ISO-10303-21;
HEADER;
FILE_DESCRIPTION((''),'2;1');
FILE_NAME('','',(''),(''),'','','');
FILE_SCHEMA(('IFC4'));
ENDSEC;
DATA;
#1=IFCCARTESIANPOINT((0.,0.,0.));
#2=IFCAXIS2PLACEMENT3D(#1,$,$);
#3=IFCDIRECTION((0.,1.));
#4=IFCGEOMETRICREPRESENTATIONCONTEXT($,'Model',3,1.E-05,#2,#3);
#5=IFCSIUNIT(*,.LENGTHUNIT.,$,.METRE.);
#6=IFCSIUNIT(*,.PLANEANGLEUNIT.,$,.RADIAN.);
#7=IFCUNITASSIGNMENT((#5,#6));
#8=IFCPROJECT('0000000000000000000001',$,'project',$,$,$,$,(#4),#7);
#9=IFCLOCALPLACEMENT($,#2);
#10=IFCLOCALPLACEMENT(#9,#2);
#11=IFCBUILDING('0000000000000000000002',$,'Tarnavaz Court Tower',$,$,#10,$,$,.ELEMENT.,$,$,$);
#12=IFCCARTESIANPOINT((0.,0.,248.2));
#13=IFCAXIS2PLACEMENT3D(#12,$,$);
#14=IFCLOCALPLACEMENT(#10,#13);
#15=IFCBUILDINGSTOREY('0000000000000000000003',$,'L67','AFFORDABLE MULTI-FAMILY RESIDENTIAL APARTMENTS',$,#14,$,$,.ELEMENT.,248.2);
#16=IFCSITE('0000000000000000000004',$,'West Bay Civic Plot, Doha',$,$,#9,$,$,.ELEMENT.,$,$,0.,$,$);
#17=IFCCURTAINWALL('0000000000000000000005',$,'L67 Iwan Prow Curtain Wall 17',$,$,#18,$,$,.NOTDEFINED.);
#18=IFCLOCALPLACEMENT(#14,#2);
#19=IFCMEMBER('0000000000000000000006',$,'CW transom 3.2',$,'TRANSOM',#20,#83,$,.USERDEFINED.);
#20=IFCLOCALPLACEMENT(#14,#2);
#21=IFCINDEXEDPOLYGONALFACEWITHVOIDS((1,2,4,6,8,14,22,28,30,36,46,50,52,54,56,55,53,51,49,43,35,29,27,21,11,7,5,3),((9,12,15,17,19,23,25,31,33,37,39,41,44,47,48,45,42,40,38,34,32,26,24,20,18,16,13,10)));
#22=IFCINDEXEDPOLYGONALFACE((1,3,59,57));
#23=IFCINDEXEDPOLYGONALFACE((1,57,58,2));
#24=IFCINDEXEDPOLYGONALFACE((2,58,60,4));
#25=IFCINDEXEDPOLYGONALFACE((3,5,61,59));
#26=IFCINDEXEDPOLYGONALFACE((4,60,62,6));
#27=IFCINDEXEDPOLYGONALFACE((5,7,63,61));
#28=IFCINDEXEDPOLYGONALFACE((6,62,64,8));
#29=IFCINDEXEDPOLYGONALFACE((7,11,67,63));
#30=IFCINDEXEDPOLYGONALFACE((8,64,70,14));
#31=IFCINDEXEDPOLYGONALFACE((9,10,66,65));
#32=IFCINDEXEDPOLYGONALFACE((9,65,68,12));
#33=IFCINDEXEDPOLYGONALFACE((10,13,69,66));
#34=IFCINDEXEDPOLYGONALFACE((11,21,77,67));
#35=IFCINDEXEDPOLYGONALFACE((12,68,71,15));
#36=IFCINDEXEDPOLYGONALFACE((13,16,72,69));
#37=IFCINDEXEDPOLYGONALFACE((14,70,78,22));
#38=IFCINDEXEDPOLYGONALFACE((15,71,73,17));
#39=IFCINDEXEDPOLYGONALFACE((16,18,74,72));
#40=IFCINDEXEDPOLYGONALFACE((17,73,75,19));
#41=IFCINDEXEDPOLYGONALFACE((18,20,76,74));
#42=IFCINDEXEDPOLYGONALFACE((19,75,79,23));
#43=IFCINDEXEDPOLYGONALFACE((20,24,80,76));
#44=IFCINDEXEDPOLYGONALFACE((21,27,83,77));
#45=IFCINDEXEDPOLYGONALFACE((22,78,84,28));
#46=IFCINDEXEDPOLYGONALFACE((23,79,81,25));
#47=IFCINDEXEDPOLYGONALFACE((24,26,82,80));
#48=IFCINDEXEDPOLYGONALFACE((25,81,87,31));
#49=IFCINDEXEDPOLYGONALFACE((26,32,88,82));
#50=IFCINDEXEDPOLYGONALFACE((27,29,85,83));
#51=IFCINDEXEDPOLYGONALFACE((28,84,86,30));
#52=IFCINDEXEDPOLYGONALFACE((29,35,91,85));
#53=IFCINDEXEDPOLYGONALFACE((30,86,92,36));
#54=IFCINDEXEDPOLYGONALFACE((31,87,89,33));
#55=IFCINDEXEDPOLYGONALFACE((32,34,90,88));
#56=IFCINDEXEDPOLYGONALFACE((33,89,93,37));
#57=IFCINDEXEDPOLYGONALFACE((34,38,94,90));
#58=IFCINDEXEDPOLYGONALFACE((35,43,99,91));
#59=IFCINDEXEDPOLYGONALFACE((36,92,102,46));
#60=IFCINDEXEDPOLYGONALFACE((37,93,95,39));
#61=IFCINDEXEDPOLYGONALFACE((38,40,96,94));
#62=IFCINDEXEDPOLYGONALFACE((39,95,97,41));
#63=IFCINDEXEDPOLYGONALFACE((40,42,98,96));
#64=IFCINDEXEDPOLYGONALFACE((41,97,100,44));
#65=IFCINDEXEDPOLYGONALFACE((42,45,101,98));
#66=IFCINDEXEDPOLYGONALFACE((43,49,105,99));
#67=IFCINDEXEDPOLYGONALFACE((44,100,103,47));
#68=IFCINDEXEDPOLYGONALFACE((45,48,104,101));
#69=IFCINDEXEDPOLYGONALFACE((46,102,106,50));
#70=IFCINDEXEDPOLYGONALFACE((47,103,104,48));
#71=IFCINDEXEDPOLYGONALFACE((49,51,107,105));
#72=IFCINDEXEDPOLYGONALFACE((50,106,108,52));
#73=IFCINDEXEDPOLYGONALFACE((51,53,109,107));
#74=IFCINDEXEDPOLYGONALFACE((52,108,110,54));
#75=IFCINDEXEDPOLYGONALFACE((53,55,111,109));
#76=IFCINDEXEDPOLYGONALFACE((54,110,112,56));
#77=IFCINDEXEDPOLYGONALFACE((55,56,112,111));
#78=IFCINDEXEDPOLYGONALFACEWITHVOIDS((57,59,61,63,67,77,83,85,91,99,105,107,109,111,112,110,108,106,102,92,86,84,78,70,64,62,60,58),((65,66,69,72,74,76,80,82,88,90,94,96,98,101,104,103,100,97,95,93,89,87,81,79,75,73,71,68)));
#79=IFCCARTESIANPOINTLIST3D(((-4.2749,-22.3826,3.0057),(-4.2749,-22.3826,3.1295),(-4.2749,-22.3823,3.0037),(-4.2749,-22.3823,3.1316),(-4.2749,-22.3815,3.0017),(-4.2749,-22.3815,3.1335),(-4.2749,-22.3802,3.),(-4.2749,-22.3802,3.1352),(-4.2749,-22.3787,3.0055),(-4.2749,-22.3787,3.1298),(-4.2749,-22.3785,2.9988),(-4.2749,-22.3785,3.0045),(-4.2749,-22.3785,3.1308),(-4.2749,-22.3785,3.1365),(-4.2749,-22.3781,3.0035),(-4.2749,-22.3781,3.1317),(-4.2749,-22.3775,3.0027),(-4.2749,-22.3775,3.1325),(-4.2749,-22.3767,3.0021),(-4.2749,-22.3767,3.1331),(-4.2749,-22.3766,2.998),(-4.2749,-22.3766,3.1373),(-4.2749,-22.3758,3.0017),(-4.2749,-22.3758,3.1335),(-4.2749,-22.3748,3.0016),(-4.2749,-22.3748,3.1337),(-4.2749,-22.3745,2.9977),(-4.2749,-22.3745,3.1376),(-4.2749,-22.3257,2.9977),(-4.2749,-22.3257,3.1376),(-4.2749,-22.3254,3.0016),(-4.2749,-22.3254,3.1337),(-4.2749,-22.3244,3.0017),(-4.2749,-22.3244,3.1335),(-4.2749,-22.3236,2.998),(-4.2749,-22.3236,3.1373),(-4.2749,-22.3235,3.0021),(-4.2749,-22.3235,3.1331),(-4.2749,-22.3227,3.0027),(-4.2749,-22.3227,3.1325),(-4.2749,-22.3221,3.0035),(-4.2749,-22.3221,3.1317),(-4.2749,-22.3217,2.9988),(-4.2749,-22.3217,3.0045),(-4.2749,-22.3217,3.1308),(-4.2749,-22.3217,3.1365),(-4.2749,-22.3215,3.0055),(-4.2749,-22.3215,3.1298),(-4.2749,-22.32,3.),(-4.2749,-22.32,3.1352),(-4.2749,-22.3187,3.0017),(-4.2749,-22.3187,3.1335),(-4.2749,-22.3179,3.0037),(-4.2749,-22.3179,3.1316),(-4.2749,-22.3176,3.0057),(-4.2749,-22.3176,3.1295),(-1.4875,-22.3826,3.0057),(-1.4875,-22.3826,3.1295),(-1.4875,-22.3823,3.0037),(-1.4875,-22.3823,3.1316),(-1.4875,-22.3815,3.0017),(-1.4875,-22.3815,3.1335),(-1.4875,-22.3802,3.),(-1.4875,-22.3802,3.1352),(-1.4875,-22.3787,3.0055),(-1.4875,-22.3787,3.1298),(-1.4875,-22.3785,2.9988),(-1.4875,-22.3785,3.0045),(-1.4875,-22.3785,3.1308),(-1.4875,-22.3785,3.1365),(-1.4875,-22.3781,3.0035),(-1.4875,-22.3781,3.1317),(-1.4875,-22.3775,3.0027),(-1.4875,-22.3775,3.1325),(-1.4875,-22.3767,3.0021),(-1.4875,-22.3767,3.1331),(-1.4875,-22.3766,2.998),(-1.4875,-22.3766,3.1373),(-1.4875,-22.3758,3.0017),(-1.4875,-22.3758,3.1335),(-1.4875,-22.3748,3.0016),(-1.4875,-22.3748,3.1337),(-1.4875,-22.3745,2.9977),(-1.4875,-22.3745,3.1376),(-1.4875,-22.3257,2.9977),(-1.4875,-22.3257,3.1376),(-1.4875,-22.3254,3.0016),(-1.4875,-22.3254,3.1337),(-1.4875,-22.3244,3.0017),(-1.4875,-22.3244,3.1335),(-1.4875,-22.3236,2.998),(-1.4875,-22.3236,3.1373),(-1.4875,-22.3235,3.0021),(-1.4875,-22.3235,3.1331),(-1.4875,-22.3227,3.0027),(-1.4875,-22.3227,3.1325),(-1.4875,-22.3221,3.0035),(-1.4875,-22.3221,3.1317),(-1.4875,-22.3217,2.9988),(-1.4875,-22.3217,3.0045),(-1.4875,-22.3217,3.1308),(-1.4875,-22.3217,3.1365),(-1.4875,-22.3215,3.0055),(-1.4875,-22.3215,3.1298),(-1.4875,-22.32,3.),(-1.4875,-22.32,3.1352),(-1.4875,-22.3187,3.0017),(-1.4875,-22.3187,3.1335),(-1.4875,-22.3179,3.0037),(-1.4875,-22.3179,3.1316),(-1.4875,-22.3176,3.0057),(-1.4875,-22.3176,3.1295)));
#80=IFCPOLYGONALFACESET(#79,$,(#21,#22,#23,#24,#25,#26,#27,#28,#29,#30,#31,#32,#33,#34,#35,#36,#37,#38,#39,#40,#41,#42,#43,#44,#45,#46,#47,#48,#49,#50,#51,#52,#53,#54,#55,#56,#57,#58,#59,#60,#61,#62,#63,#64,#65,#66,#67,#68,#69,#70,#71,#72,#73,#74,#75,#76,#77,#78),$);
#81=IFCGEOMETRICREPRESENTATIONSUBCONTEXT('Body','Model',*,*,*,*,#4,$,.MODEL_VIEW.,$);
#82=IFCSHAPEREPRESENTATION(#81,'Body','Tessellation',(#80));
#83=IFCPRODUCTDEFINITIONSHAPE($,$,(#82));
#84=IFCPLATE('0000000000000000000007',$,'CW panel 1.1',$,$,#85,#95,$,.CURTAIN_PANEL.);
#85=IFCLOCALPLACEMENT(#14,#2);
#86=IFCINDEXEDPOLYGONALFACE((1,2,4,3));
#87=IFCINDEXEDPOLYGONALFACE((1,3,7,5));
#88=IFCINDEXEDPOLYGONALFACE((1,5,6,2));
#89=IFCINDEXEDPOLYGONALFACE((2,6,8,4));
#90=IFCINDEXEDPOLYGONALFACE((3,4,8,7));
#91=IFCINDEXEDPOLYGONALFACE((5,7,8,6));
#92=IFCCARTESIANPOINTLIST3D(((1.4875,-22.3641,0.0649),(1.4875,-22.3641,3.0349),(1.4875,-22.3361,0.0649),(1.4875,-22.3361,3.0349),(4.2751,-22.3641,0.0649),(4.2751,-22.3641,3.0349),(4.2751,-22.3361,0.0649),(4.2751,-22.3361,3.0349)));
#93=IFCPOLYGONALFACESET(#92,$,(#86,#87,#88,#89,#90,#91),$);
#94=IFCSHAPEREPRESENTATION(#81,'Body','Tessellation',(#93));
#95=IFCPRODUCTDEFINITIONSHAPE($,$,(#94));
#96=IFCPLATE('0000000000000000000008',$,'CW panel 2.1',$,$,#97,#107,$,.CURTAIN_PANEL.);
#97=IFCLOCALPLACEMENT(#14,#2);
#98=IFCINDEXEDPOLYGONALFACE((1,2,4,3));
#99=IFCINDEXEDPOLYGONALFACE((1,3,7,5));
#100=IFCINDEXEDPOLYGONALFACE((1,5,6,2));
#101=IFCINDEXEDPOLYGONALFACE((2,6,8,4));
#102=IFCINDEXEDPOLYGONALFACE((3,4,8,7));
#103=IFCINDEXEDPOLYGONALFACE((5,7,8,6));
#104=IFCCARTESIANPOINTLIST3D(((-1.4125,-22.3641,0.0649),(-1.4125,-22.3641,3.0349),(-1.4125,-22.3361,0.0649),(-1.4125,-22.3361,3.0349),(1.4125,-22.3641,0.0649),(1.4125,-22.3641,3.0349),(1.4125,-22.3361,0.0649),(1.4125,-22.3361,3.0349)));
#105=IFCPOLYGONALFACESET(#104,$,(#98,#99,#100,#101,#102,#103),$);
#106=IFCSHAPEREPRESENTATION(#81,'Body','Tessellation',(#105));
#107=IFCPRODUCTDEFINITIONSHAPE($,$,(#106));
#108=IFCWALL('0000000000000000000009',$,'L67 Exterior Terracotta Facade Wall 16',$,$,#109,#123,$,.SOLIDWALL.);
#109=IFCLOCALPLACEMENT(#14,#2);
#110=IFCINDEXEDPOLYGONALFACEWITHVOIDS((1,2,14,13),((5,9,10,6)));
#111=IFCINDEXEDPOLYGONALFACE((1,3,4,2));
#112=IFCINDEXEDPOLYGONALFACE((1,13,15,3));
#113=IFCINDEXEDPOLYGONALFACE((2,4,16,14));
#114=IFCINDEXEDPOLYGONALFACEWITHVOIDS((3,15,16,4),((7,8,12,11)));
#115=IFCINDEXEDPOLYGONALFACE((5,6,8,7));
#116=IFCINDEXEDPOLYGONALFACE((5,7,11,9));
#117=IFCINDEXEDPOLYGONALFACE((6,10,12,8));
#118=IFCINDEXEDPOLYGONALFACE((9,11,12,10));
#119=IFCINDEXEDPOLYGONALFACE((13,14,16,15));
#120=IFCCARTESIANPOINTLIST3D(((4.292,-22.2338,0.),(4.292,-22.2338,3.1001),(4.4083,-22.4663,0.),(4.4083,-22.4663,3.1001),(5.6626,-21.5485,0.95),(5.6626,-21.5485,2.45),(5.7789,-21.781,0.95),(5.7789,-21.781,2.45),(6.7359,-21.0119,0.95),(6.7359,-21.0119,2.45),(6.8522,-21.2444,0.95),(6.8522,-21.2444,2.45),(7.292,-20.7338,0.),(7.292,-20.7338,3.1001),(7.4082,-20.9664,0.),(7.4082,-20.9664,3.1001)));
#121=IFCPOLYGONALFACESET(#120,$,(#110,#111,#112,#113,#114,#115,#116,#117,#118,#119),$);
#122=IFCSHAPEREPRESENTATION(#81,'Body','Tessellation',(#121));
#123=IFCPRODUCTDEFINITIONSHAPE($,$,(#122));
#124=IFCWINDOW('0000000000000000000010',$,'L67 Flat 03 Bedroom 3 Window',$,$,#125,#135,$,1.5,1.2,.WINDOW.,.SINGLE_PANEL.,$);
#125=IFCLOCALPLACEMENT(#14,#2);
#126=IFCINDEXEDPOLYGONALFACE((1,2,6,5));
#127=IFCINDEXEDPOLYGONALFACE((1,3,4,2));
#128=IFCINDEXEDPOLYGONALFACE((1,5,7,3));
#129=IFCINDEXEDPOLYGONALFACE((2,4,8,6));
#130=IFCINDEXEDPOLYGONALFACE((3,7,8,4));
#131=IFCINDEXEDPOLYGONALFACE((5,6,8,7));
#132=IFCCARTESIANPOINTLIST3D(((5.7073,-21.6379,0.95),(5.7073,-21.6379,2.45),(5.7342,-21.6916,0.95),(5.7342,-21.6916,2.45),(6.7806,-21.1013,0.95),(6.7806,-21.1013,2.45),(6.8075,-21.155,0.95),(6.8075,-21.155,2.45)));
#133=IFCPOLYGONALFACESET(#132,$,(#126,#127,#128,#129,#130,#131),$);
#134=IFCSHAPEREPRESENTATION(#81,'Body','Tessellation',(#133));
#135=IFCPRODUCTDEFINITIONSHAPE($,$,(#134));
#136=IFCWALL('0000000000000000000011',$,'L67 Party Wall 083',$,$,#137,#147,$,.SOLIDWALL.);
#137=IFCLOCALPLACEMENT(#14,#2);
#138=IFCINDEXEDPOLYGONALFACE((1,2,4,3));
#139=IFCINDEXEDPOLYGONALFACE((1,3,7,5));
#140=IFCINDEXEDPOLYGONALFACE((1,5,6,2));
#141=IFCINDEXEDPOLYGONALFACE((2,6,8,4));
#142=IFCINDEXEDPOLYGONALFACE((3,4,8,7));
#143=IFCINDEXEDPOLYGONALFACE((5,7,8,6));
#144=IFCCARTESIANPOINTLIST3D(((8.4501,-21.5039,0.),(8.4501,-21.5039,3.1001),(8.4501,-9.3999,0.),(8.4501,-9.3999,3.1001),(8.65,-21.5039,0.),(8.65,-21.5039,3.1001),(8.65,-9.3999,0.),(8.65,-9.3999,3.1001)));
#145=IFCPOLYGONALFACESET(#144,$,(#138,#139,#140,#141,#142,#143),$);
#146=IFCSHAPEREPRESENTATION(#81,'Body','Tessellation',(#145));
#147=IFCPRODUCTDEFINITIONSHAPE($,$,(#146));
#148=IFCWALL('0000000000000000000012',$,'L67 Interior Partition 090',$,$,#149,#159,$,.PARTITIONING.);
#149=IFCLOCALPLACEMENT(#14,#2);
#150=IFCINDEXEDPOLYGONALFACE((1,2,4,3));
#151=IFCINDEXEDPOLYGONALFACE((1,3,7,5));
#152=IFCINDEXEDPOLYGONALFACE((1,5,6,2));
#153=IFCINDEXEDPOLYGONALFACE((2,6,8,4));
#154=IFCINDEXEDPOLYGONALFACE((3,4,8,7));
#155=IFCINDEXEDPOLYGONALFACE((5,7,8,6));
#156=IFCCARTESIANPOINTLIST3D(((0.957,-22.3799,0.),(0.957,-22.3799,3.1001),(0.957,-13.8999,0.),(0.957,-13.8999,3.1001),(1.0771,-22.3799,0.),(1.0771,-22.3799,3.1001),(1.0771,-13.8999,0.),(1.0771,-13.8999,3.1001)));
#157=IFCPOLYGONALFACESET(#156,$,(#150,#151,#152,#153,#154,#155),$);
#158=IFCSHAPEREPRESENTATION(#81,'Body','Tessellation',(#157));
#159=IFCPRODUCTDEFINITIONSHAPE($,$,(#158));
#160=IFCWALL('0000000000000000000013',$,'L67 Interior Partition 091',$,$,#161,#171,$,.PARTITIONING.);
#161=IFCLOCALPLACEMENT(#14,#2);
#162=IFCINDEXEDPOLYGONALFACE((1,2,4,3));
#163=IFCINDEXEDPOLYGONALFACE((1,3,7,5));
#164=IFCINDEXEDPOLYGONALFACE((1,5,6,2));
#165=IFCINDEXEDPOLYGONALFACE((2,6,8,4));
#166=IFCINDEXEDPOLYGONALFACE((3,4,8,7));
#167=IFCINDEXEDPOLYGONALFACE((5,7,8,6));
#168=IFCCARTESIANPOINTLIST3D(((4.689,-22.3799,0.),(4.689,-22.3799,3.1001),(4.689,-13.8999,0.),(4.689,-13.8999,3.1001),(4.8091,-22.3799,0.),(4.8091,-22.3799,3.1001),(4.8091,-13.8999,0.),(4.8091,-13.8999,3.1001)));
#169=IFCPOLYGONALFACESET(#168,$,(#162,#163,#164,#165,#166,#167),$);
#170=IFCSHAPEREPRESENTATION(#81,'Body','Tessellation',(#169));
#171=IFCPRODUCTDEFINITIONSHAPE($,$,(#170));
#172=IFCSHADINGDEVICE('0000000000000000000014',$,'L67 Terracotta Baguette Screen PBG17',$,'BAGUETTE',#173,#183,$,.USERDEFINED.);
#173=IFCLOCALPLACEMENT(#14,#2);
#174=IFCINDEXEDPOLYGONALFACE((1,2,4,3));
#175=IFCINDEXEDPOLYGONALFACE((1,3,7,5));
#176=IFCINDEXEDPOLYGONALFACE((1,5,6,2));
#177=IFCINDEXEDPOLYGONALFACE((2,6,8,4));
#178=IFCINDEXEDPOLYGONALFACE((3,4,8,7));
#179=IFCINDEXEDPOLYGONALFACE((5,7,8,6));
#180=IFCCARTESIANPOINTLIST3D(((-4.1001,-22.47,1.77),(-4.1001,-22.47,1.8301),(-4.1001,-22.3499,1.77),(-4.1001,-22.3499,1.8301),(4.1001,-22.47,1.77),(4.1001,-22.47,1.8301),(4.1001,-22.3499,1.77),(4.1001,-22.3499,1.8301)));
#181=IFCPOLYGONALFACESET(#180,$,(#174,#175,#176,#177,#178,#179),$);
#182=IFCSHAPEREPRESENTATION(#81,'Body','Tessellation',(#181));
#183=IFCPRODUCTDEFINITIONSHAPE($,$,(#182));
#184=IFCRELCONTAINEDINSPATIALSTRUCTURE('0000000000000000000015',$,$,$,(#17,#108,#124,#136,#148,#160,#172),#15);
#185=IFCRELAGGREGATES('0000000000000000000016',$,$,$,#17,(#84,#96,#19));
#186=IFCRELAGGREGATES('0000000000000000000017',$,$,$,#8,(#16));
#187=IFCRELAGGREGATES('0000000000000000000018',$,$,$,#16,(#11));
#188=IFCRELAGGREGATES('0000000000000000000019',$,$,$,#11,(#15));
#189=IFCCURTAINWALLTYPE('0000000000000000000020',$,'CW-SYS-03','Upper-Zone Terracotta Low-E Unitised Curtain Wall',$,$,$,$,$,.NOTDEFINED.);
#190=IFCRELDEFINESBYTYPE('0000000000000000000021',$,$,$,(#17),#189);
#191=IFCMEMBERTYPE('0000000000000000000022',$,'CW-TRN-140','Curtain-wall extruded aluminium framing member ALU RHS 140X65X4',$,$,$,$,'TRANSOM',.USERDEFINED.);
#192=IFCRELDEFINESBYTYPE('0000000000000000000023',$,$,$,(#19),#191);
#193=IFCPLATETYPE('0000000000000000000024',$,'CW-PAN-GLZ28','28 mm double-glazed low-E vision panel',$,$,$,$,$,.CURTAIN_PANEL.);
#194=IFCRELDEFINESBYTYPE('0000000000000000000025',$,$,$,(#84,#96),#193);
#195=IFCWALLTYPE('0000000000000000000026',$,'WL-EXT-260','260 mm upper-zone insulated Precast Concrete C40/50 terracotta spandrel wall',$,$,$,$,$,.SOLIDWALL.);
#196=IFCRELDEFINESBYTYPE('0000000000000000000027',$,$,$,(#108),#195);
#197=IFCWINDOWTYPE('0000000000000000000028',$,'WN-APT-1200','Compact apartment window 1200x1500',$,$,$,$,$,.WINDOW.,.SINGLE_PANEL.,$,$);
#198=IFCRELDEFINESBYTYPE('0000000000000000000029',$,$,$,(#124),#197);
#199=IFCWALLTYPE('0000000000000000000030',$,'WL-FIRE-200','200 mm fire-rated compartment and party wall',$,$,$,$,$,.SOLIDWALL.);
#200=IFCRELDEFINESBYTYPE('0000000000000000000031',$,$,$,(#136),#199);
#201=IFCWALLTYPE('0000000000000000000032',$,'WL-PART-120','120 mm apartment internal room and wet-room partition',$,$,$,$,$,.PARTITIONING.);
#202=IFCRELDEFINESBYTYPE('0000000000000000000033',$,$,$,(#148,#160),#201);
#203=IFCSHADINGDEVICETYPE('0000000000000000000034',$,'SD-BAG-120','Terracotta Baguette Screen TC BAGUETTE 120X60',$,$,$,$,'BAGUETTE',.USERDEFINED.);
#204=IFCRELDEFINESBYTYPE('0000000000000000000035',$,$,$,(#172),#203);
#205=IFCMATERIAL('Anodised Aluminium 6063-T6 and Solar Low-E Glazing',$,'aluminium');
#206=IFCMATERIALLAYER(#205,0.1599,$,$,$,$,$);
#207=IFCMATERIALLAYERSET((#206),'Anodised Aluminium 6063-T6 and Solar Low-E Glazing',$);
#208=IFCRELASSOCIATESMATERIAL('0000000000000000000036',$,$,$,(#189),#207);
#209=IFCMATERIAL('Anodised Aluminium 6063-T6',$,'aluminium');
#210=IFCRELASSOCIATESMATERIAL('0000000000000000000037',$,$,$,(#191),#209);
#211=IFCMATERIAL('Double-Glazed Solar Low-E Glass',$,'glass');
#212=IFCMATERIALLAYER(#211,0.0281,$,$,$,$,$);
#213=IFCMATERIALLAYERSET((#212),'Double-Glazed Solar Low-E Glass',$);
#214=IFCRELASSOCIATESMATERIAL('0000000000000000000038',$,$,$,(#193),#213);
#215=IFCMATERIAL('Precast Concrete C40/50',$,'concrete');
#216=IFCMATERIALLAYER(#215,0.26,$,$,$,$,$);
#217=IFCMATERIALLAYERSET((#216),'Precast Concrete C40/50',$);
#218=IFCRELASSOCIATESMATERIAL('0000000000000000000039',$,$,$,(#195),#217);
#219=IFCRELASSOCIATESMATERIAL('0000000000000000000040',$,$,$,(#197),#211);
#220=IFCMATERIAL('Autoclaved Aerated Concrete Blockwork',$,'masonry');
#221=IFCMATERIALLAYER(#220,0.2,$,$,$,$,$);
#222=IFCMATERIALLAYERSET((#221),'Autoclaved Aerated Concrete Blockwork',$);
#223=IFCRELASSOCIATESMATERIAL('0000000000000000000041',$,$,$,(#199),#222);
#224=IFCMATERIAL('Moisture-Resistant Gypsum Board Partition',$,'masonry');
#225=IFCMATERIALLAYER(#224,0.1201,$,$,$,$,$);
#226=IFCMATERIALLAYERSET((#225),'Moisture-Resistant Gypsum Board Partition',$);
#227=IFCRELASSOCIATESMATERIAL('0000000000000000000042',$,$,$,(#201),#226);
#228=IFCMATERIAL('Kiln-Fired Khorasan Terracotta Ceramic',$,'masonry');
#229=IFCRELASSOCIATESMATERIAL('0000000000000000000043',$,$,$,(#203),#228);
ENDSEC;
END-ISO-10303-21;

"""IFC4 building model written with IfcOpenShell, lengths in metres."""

from ifc_helpers import new_model, si_unit, direction, frame, frame_2d, origin, origin_2d, place, context, subcontext, project, spatial, rectangle, hollow_rectangle, extrude, material, layer, layer_set, material_profile, profile_set, type_object, element, fill, aggregate, save


model = new_model("IFC4")

# Units and contexts
model_context = context("Model", 3, precision=1e-05, world=origin(), true_north=direction((0.0, 1.0)))
body_context = subcontext(model_context, "Body", "Model", "MODEL_VIEW")
ifc_project = project(units=[si_unit("LENGTHUNIT", "METRE"), si_unit("PLANEANGLEUNIT", "RADIAN")], contexts=[model_context])

# Site, building, storey
site_placement = place(None, origin())
site = spatial("IfcSite", under=ifc_project, at=site_placement, Name="West Bay Civic Plot, Doha", CompositionType="ELEMENT", RefElevation=0.0)
building_placement = place(site_placement, origin())
building = spatial("IfcBuilding", under=site, at=building_placement, Name="Tarnavaz Court Tower", CompositionType="ELEMENT")
storey_placement = place(building_placement, frame((0.0, 0.0, 248.2)))
storey = spatial("IfcBuildingStorey", under=building, at=storey_placement, Name="L67", Description="AFFORDABLE MULTI-FAMILY RESIDENTIAL APARTMENTS", CompositionType="ELEMENT", Elevation=248.2)

# Curtain wall, member, plates
ifc_material_1 = material(Name="Anodised Aluminium 6063-T6 and Solar Low-E Glazing", Category="aluminium")
ifc_layer_1 = layer(ifc_material_1, 0.1599)
ifc_layer_set_1 = layer_set([ifc_layer_1], Name="Anodised Aluminium 6063-T6 and Solar Low-E Glazing")
curtain_wall_type = type_object("IfcCurtainWallType", Name="CW-SYS-03", Description="Upper-Zone Terracotta Low-E Unitised Curtain Wall", PredefinedType="NOTDEFINED", material=ifc_layer_set_1)
curtain_wall_placement = place(storey_placement, origin())
curtain_wall = element("IfcCurtainWall", 1, at=curtain_wall_placement, inside=storey, type_object=curtain_wall_type, Name="L67 Iwan Prow Curtain Wall 17", PredefinedType="NOTDEFINED")
ifc_material_2 = material(Name="Anodised Aluminium 6063-T6", Category="aluminium")
ifc_material_profile_1 = material_profile(ifc_material_2, hollow_rectangle(XDim=0.0649, YDim=0.1399, WallThickness=0.0039, InnerFilletRadius=0.0039, OuterFilletRadius=0.0081, at=origin_2d()), Name="ALU RHS 140X65X4")
ifc_profile_set_1 = profile_set([ifc_material_profile_1], Name="Anodised Aluminium 6063-T6")
member_type_1 = type_object("IfcMemberType", Name="CW-TRN-140", Description="Curtain-wall extruded aluminium framing member ALU RHS 140X65X4", ElementType="TRANSOM", PredefinedType="USERDEFINED", material=ifc_profile_set_1)
member_1_placement = place(storey_placement, frame((-1.4875, -22.3501, 3.0676), z_axis=(-1.0, 0.0, 0.0), x_axis=(0.0, -1.0, 0.0)))
member_1 = element("IfcMember", 2, at=member_1_placement, type_object=member_type_1, Name="CW transom 3.2", ObjectType="TRANSOM", PredefinedType="USERDEFINED", context=body_context, shape_type="SweptSolid", body=[
    extrude(hollow_rectangle(XDim=0.0649, YDim=0.1399, WallThickness=0.0039, InnerFilletRadius=0.0039, OuterFilletRadius=0.0081, at=origin_2d()), origin(), (0.0, 0.0, 1.0), 2.7874),
])
ifc_material_3 = material(Name="Double-Glazed Solar Low-E Glass", Category="glass")
ifc_layer_2 = layer(ifc_material_3, 0.0281)
ifc_layer_set_2 = layer_set([ifc_layer_2], Name="Double-Glazed Solar Low-E Glass")
plate_type = type_object("IfcPlateType", Name="CW-PAN-GLZ28", Description="28 mm double-glazed low-E vision panel", PredefinedType="CURTAIN_PANEL", material=ifc_layer_set_2)
plate_1_placement = place(storey_placement, frame((2.8813, -22.3501, 0.0649), z_axis=(0.0, 0.0, 1.0), x_axis=(-1.0, 0.0, 0.0)))
plate_1 = element("IfcPlate", 3, at=plate_1_placement, type_object=plate_type, Name="CW panel 1.1", PredefinedType="CURTAIN_PANEL", context=body_context, shape_type="SweptSolid", body=[
    extrude(rectangle(XDim=2.7876, YDim=0.0281, at=origin_2d()), origin(), (0.0, 0.0, 1.0), 2.97),
])
plate_2_placement = place(storey_placement, frame((0.0, -22.3501, 0.0649), z_axis=(0.0, 0.0, 1.0), x_axis=(-1.0, 0.0, 0.0)))
plate_2 = element("IfcPlate", 4, at=plate_2_placement, type_object=plate_type, Name="CW panel 2.1", PredefinedType="CURTAIN_PANEL", context=body_context, shape_type="SweptSolid", body=[
    extrude(rectangle(XDim=2.825, YDim=0.0281, at=origin_2d()), origin(), (0.0, 0.0, 1.0), 2.97),
])
aggregate(curtain_wall, [plate_1, plate_2, member_1])

# Wall, opening, window
ifc_material_4 = material(Name="Precast Concrete C40/50", Category="concrete")
ifc_layer_3 = layer(ifc_material_4, 0.26)
ifc_layer_set_3 = layer_set([ifc_layer_3], Name="Precast Concrete C40/50")
wall_type_1 = type_object("IfcWallType", Name="WL-EXT-260", Description="260 mm upper-zone insulated Precast Concrete C40/50 terracotta spandrel wall", PredefinedType="SOLIDWALL", material=ifc_layer_set_3)
wall_1_placement = place(storey_placement, frame((7.3501, -20.8501, 0.0), z_axis=(0.0, 0.0, 1.0), x_axis=(-0.894427, -0.447214, 0.0)))
wall_1 = element("IfcWall", 5, at=wall_1_placement, inside=storey, type_object=wall_type_1, Name="L67 Exterior Terracotta Facade Wall 16", PredefinedType="SOLIDWALL", context=body_context, shape_type="SweptSolid", body=[
    extrude(rectangle(XDim=3.354, YDim=0.26, at=frame_2d((1.677, 0.0))), origin(), (0.0, 0.0, 1.0), 3.1001),
])
opening_placement = place(wall_1_placement, frame((0.6216, 0.0, 0.95)))
opening = element("IfcOpeningElement", 6, at=opening_placement, cuts=wall_1, PredefinedType="OPENING", context=body_context, shape_type="SweptSolid", body=[
    extrude(rectangle(XDim=1.2, YDim=1.5, at=frame_2d((0.6001, 0.75))), frame((0.0, 0.1399, 0.0), z_axis=(0.0, -1.0, 0.0), x_axis=(1.0, 0.0, 0.0)), (0.0, 0.0, 1.0), 0.28),
])
window_type = type_object("IfcWindowType", Name="WN-APT-1200", Description="Compact apartment window 1200x1500", PartitioningType="SINGLE_PANEL", PredefinedType="WINDOW", material=ifc_material_3)
window_placement = place(opening_placement, origin())
window = element("IfcWindow", 7, at=window_placement, inside=storey, type_object=window_type, Name="L67 Flat 03 Bedroom 3 Window", OverallHeight=1.5, OverallWidth=1.2, PartitioningType="SINGLE_PANEL", PredefinedType="WINDOW", context=body_context, shape_type="SweptSolid", body=[
    extrude(rectangle(XDim=1.2, YDim=1.5, at=frame_2d((0.6001, 0.75))), frame((0.0, 0.03, 0.0), z_axis=(0.0, -1.0, 0.0), x_axis=(1.0, 0.0, 0.0)), (0.0, 0.0, 1.0), 0.0601),
])
fill(opening, window)

# Walls
ifc_material_5 = material(Name="Autoclaved Aerated Concrete Blockwork", Category="masonry")
ifc_layer_4 = layer(ifc_material_5, 0.2)
ifc_layer_set_4 = layer_set([ifc_layer_4], Name="Autoclaved Aerated Concrete Blockwork")
wall_type_2 = type_object("IfcWallType", Name="WL-FIRE-200", Description="200 mm fire-rated compartment and party wall", PredefinedType="SOLIDWALL", material=ifc_layer_set_4)
wall_2_placement = place(storey_placement, frame((8.55, -21.5039, 0.0), z_axis=(0.0, 0.0, 1.0), x_axis=(0.0, 1.0, 0.0)))
element("IfcWall", 8, at=wall_2_placement, inside=storey, type_object=wall_type_2, Name="L67 Party Wall 083", PredefinedType="SOLIDWALL", context=body_context, shape_type="SweptSolid", body=[
    extrude(rectangle(XDim=12.104, YDim=0.2, at=frame_2d((6.052, 0.0))), origin(), (0.0, 0.0, 1.0), 3.1001),
])
ifc_material_6 = material(Name="Moisture-Resistant Gypsum Board Partition", Category="masonry")
ifc_layer_5 = layer(ifc_material_6, 0.1201)
ifc_layer_set_5 = layer_set([ifc_layer_5], Name="Moisture-Resistant Gypsum Board Partition")
wall_type_3 = type_object("IfcWallType", Name="WL-PART-120", Description="120 mm apartment internal room and wet-room partition", PredefinedType="PARTITIONING", material=ifc_layer_set_5)
for number, where, z_axis, x_axis, name in (
    (9, (1.0171, -22.3799, 0.0), (0.0, 0.0, 1.0), (0.0, 1.0, 0.0), "L67 Interior Partition 090"),
    (10, (4.749, -22.3799, 0.0), (0.0, 0.0, 1.0), (0.0, 1.0, 0.0), "L67 Interior Partition 091"),
):
    element("IfcWall", number, at=place(storey_placement, frame(where, z_axis=z_axis, x_axis=x_axis)), inside=storey, type_object=wall_type_3, Name=name, PredefinedType="PARTITIONING", context=body_context, shape_type="SweptSolid", body=[
        extrude(rectangle(XDim=8.48, YDim=0.1201, at=frame_2d((4.24, 0.0))), origin(), (0.0, 0.0, 1.0), 3.1001),
    ])

# Shading device
ifc_material_7 = material(Name="Kiln-Fired Khorasan Terracotta Ceramic", Category="masonry")
ifc_material_profile_2 = material_profile(ifc_material_7, rectangle(XDim=0.1201, YDim=0.0601, at=origin_2d()), Name="TC BAGUETTE 120X60")
ifc_profile_set_2 = profile_set([ifc_material_profile_2], Name="Kiln-Fired Khorasan Terracotta Ceramic")
shading_device_type = type_object("IfcShadingDeviceType", Name="SD-BAG-120", Description="Terracotta Baguette Screen TC BAGUETTE 120X60", ElementType="BAGUETTE", PredefinedType="USERDEFINED", material=ifc_profile_set_2)
shading_device_placement = place(storey_placement, frame((4.1001, -22.4099, 1.8), z_axis=(-1.0, 0.0, 0.0), x_axis=(0.0, -1.0, 0.0)))
element("IfcShadingDevice", 11, at=shading_device_placement, inside=storey, type_object=shading_device_type, Name="L67 Terracotta Baguette Screen PBG17", ObjectType="BAGUETTE", PredefinedType="USERDEFINED", context=body_context, shape_type="SweptSolid", body=[
    extrude(rectangle(XDim=0.1201, YDim=0.0601, at=origin_2d()), origin(), (0.0, 0.0, 1.0), 8.2002),
])

save(model, "model.ifc")
